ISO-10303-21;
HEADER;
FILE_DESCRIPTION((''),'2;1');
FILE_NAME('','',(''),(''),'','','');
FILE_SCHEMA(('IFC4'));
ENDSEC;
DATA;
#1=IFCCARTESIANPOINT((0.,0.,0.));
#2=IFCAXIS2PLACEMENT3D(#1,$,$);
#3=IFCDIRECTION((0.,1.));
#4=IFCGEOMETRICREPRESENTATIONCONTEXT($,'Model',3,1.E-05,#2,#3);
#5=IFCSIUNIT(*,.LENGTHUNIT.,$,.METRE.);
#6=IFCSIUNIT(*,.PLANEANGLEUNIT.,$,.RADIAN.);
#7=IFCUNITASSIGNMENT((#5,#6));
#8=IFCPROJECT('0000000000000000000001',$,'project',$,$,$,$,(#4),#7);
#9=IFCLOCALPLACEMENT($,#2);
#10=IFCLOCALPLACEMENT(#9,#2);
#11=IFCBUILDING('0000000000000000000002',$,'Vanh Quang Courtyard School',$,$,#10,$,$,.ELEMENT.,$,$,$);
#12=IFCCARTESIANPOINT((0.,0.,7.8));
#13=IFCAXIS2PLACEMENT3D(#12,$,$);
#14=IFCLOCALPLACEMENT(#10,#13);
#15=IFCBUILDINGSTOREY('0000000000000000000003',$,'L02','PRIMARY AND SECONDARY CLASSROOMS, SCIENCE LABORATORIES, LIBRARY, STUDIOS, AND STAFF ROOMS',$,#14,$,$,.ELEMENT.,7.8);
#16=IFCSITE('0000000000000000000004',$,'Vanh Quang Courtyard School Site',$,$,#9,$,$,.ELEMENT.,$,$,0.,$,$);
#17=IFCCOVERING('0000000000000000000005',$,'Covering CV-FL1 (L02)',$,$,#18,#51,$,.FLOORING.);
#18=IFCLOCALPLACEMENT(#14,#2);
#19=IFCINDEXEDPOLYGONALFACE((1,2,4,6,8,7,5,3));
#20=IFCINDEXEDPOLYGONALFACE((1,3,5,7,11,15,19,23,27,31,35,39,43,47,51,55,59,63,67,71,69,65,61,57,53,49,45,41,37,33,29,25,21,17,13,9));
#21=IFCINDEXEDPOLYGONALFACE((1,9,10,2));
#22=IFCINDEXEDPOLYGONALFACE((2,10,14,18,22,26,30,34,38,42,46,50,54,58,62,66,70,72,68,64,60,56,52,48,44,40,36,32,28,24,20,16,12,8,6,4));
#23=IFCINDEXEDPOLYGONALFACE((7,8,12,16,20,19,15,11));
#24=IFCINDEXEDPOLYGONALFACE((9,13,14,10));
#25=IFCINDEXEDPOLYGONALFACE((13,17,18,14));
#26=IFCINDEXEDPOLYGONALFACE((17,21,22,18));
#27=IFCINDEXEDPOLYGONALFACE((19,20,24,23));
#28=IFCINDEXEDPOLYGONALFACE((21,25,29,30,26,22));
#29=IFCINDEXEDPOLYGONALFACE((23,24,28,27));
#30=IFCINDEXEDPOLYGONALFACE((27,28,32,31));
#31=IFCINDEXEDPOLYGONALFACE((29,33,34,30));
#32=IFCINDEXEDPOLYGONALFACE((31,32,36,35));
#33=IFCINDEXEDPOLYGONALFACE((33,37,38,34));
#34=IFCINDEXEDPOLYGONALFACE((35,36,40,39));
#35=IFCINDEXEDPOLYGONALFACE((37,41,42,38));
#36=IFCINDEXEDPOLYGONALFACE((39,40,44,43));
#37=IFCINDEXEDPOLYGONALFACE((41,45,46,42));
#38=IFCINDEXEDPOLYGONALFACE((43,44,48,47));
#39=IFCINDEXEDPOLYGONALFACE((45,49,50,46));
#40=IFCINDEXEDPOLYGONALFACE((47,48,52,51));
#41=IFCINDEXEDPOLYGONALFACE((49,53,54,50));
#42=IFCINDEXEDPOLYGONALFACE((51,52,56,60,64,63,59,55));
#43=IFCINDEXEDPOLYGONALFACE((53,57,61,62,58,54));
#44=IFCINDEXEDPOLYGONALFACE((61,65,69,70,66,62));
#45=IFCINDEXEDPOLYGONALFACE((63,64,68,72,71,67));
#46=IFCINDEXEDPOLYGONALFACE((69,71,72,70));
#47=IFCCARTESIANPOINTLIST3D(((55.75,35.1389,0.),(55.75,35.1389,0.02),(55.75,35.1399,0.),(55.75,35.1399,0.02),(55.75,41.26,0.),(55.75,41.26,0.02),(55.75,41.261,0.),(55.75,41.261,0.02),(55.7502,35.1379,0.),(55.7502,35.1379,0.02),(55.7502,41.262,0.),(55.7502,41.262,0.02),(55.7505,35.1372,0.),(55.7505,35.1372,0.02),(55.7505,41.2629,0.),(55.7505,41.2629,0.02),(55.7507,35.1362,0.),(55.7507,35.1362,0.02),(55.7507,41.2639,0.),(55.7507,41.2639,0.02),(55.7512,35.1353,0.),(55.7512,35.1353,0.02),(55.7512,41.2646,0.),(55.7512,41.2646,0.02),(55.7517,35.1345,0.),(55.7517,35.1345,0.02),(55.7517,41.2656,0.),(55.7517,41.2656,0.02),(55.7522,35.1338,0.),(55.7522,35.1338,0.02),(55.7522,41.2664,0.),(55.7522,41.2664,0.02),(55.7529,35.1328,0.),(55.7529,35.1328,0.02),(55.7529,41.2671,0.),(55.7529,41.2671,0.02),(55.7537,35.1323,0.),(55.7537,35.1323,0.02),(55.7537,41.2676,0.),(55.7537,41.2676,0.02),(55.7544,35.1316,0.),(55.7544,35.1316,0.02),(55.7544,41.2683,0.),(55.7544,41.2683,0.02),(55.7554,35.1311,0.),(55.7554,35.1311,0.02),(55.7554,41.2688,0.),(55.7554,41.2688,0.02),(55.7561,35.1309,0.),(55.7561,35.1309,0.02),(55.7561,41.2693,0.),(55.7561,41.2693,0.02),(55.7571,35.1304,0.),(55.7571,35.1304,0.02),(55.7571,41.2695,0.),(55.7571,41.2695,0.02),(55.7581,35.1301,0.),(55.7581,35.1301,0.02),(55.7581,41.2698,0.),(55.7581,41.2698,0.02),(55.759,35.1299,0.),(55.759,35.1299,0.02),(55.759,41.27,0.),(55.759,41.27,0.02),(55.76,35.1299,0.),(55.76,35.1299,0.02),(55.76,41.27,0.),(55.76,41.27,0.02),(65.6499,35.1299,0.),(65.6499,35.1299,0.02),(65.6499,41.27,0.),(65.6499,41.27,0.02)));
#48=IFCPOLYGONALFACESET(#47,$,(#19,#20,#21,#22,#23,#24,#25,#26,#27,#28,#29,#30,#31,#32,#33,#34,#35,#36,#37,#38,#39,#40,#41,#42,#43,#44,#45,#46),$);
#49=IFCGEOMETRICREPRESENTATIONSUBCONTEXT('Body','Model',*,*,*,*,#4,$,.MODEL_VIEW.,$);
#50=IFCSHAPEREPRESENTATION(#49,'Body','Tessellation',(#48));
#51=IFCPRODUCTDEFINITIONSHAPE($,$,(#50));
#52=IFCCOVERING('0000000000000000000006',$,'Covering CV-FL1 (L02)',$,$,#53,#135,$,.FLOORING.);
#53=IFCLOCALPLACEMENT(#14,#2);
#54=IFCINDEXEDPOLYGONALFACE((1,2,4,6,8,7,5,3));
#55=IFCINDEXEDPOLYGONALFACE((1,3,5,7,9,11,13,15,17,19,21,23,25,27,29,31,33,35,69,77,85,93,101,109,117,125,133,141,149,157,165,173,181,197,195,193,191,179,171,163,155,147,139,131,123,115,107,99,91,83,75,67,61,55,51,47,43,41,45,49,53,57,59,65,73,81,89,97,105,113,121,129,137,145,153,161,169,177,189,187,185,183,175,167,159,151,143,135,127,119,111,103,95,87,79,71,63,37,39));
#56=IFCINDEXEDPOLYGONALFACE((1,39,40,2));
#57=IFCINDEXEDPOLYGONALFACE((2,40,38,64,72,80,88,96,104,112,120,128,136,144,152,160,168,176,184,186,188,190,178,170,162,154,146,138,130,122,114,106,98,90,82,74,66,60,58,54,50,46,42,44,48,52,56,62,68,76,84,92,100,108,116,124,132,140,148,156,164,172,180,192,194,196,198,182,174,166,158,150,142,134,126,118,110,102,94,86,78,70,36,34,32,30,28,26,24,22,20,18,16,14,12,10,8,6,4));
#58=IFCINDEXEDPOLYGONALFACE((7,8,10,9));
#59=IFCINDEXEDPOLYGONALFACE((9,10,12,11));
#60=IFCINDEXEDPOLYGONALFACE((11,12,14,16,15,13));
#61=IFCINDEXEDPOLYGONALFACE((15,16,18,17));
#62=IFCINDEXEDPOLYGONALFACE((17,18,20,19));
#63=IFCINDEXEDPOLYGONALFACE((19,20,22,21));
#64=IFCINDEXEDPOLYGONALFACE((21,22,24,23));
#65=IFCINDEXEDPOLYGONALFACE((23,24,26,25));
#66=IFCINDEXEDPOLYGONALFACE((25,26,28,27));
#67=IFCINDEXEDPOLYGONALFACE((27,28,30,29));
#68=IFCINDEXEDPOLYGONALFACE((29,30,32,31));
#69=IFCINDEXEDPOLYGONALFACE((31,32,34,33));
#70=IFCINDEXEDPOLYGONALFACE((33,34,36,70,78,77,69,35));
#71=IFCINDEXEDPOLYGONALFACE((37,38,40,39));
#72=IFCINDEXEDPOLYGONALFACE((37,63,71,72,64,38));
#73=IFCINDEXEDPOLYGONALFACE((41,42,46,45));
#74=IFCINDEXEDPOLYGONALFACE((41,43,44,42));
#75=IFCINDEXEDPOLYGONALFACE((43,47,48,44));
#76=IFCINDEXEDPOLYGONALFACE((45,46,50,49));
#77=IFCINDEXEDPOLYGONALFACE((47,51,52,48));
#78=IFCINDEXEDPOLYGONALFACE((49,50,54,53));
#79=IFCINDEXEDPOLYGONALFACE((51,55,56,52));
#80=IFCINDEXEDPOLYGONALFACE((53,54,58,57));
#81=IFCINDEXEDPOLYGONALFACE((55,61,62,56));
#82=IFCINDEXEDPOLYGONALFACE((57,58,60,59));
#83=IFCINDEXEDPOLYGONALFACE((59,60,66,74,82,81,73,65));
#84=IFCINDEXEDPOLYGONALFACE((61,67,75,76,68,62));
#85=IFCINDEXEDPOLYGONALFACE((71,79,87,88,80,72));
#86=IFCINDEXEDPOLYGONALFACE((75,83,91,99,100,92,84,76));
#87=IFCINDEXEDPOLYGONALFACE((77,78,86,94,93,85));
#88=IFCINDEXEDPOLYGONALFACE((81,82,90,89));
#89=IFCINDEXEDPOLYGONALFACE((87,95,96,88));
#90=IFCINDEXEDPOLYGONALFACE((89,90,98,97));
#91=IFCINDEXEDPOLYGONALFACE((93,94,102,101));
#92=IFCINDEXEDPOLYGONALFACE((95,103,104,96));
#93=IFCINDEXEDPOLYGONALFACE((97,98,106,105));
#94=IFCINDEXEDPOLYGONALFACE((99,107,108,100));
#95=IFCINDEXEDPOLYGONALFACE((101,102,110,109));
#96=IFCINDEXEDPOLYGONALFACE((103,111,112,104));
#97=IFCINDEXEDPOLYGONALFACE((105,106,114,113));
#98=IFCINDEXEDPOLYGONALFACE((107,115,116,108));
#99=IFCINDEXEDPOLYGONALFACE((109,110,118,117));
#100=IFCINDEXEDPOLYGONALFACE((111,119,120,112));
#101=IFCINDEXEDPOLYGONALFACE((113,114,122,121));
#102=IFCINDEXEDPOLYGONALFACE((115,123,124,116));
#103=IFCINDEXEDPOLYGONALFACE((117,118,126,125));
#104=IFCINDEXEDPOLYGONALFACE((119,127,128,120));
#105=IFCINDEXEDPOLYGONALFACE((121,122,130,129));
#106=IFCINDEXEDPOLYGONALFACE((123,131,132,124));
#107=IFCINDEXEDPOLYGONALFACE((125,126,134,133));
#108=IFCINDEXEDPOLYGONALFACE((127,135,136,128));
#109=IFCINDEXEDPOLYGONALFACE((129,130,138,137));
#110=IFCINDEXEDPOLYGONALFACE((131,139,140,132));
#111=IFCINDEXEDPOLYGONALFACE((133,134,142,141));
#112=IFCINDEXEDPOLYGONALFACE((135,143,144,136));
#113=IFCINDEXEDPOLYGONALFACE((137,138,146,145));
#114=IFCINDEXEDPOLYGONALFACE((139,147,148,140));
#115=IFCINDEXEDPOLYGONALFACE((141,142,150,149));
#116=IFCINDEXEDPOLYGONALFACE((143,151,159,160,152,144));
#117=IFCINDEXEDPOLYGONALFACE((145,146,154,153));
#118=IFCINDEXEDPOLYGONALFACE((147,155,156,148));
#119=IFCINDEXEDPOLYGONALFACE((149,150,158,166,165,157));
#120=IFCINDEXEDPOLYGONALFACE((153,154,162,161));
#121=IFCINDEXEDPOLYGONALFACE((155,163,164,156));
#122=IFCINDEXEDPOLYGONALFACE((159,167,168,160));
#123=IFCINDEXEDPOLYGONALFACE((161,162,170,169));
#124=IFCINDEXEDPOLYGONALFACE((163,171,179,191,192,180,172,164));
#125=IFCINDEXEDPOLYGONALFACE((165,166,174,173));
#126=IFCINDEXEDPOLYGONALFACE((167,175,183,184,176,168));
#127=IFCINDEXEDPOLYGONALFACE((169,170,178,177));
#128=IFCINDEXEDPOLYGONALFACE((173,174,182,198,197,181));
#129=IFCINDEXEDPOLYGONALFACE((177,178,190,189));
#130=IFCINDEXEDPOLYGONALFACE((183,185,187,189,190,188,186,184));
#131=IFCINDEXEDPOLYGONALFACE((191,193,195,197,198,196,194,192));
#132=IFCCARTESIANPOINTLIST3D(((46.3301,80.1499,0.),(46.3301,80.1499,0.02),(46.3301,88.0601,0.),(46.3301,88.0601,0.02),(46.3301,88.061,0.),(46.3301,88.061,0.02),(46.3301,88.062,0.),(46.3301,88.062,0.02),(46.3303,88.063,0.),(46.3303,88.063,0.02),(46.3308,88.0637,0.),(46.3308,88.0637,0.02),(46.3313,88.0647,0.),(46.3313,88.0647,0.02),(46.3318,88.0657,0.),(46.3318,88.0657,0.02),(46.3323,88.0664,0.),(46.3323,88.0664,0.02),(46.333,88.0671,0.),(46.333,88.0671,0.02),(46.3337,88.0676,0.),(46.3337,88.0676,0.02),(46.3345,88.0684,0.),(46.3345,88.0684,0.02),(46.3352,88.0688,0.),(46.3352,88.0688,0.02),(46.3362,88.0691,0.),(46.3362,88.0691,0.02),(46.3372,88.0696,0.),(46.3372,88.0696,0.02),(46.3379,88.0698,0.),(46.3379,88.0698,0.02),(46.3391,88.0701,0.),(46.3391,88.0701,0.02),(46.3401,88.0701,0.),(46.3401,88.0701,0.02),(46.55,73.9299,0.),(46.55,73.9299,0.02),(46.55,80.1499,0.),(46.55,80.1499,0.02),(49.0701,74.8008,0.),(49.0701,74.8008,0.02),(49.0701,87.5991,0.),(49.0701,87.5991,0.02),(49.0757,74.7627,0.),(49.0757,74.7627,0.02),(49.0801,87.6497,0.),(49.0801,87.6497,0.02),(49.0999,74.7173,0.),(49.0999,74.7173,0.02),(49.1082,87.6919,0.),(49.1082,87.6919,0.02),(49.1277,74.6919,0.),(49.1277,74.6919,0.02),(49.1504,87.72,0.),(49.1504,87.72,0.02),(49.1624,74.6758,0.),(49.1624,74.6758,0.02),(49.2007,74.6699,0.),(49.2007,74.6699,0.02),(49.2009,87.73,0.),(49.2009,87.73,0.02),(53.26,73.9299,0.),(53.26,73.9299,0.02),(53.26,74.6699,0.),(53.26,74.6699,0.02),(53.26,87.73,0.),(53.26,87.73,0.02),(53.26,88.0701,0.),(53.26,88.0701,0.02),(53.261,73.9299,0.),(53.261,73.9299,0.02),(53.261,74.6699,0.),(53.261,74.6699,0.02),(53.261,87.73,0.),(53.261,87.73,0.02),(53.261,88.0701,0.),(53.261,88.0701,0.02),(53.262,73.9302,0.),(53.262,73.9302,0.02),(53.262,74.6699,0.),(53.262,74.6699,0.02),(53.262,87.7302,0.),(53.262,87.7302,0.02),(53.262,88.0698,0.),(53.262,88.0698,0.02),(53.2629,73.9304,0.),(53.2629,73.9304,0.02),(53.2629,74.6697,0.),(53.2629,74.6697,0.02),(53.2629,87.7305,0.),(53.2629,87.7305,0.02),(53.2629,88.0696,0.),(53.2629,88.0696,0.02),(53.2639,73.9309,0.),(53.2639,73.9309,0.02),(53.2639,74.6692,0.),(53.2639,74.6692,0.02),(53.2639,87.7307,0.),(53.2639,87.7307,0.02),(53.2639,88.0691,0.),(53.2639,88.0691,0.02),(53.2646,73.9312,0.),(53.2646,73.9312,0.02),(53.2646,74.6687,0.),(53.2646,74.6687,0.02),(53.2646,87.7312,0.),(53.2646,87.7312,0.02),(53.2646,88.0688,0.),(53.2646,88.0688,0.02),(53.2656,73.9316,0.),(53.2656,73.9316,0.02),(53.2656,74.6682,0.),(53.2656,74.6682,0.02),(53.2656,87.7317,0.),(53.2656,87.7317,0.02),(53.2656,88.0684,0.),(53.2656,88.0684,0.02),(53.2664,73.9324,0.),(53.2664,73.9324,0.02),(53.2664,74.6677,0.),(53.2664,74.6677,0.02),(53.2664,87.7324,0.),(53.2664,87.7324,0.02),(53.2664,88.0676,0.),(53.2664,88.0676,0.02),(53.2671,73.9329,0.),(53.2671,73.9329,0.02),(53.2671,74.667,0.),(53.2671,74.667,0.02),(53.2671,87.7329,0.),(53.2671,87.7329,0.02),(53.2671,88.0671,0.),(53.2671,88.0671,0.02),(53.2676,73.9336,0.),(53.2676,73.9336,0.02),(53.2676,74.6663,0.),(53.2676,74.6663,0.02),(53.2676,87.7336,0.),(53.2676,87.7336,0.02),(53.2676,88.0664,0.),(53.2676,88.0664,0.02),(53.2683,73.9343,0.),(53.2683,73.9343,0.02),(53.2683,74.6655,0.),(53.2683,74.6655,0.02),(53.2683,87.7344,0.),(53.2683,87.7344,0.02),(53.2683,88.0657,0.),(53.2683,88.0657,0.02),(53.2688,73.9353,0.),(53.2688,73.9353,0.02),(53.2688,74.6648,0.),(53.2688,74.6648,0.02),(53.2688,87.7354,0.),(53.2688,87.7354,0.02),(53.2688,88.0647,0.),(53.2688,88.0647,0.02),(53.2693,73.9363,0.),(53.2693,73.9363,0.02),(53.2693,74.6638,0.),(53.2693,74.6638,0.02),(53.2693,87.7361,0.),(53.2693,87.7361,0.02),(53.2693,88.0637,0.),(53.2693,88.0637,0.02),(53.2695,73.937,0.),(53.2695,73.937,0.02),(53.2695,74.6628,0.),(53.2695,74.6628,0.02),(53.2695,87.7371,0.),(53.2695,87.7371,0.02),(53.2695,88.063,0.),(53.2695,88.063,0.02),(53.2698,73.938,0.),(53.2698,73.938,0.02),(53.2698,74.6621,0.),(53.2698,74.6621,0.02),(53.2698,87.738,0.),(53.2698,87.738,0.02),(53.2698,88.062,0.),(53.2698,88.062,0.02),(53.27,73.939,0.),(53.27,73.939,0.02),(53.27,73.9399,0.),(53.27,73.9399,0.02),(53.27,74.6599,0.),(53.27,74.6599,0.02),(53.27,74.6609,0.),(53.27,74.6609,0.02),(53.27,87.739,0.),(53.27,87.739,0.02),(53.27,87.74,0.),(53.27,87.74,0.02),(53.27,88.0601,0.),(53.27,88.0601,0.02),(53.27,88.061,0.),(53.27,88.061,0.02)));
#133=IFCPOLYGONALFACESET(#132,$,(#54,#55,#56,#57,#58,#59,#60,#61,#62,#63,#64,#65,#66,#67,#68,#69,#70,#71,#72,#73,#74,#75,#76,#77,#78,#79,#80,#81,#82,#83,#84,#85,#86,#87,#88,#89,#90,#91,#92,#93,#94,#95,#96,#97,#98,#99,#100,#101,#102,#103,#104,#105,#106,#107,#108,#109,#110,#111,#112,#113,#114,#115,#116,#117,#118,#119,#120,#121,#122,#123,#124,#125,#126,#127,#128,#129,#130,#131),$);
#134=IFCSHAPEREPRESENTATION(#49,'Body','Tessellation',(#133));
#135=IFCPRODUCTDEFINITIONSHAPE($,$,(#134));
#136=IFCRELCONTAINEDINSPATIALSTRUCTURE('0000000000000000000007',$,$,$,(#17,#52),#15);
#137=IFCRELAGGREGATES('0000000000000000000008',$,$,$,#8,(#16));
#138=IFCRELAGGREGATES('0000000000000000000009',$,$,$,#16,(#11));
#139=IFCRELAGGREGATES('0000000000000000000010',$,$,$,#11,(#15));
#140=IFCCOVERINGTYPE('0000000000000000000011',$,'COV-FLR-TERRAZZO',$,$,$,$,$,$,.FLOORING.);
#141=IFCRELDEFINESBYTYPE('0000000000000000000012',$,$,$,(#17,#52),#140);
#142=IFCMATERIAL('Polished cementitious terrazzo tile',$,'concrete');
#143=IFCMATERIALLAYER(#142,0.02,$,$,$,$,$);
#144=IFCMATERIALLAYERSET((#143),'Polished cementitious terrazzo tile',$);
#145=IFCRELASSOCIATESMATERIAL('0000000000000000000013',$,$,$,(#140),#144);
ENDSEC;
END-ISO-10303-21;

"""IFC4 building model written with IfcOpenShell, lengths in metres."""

from ifc_helpers import new_model, si_unit, direction, frame, origin, place, context, subcontext, project, spatial, polyline, outline, extrude, material, layer, layer_set, type_object, element, save


model = new_model("IFC4")

# Units and contexts
model_context = context("Model", 3, precision=1e-05, world=origin(), true_north=direction((0.0, 1.0)))
body_context = subcontext(model_context, "Body", "Model", "MODEL_VIEW")
ifc_project = project(units=[si_unit("LENGTHUNIT", "METRE"), si_unit("PLANEANGLEUNIT", "RADIAN")], contexts=[model_context])

# Site, building, storey
site_placement = place(None, origin())
site = spatial("IfcSite", under=ifc_project, at=site_placement, Name="Vanh Quang Courtyard School Site", CompositionType="ELEMENT", RefElevation=0.0)
building_placement = place(site_placement, origin())
building = spatial("IfcBuilding", under=site, at=building_placement, Name="Vanh Quang Courtyard School", CompositionType="ELEMENT")
storey_placement = place(building_placement, frame((0.0, 0.0, 7.8)))
storey = spatial("IfcBuildingStorey", under=building, at=storey_placement, Name="L02", Description="PRIMARY AND SECONDARY CLASSROOMS, SCIENCE LABORATORIES, LIBRARY, STUDIOS, AND STAFF ROOMS", CompositionType="ELEMENT", Elevation=7.8)

# Coverings
ifc_material_1 = material(Name="Polished cementitious terrazzo tile", Category="concrete")
ifc_layer_1 = layer(ifc_material_1, 0.02)
ifc_layer_set_1 = layer_set([ifc_layer_1], Name="Polished cementitious terrazzo tile")
covering_type_1 = type_object("IfcCoveringType", Name="COV-FLR-TERRAZZO", PredefinedType="FLOORING", material=ifc_layer_set_1)
covering_1_placement = place(storey_placement, origin())
element("IfcCovering", 1, at=covering_1_placement, inside=storey, type_object=covering_type_1, Name="Covering CV-FL1 (L02)", PredefinedType="FLOORING", context=body_context, shape_type="SweptSolid", body=[
    extrude(outline(polyline([(55.76, 35.1299), (55.759, 35.1299), (55.7581, 35.1301), (55.7571, 35.1304), (55.7561, 35.1309), (55.7554, 35.1311), (55.7544, 35.1316), (55.7537, 35.1323), (55.7529, 35.1328), (55.7522, 35.1338), (55.7517, 35.1345), (55.7512, 35.1353), (55.7507, 35.1362), (55.7505, 35.1372), (55.7502, 35.1379), (55.75, 35.1389), (55.75, 35.1399), (55.75, 41.26), (55.75, 41.261), (55.7502, 41.262), (55.7505, 41.2629), (55.7507, 41.2639), (55.7512, 41.2646), (55.7517, 41.2656), (55.7522, 41.2664), (55.7529, 41.2671), (55.7537, 41.2676), (55.7544, 41.2683), (55.7554, 41.2688), (55.7561, 41.2693), (55.7571, 41.2695), (55.7581, 41.2698), (55.759, 41.27), (55.76, 41.27), (65.6499, 41.27), (65.6499, 35.1299), (55.76, 35.1299)])), origin(), (0.0, 0.0, 1.0), 0.02),
])
covering_2_placement = place(storey_placement, origin())
element("IfcCovering", 2, at=covering_2_placement, inside=storey, type_object=covering_type_1, Name="Covering CV-FL1 (L02)", PredefinedType="FLOORING", context=body_context, shape_type="SweptSolid", body=[
    extrude(outline(polyline([(53.27, 87.74), (53.27, 87.739), (53.2698, 87.738), (53.2695, 87.7371), (53.2693, 87.7361), (53.2688, 87.7354), (53.2683, 87.7344), (53.2676, 87.7336), (53.2671, 87.7329), (53.2664, 87.7324), (53.2656, 87.7317), (53.2646, 87.7312), (53.2639, 87.7307), (53.2629, 87.7305), (53.262, 87.7302), (53.261, 87.73), (53.26, 87.73), (49.2009, 87.73), (49.1504, 87.72), (49.1082, 87.6919), (49.0801, 87.6497), (49.0701, 87.5991), (49.0701, 74.8008), (49.0757, 74.7627), (49.0999, 74.7173), (49.1277, 74.6919), (49.1624, 74.6758), (49.2007, 74.6699), (53.26, 74.6699), (53.261, 74.6699), (53.262, 74.6699), (53.2629, 74.6697), (53.2639, 74.6692), (53.2646, 74.6687), (53.2656, 74.6682), (53.2664, 74.6677), (53.2671, 74.667), (53.2676, 74.6663), (53.2683, 74.6655), (53.2688, 74.6648), (53.2693, 74.6638), (53.2695, 74.6628), (53.2698, 74.6621), (53.27, 74.6609), (53.27, 74.6599), (53.27, 73.9399), (53.27, 73.939), (53.2698, 73.938), (53.2695, 73.937), (53.2693, 73.9363), (53.2688, 73.9353), (53.2683, 73.9343), (53.2676, 73.9336), (53.2671, 73.9329), (53.2664, 73.9324), (53.2656, 73.9316), (53.2646, 73.9312), (53.2639, 73.9309), (53.2629, 73.9304), (53.262, 73.9302), (53.261, 73.9299), (53.26, 73.9299), (46.55, 73.9299), (46.55, 80.1499), (46.3301, 80.1499), (46.3301, 88.0601), (46.3301, 88.061), (46.3301, 88.062), (46.3303, 88.063), (46.3308, 88.0637), (46.3313, 88.0647), (46.3318, 88.0657), (46.3323, 88.0664), (46.333, 88.0671), (46.3337, 88.0676), (46.3345, 88.0684), (46.3352, 88.0688), (46.3362, 88.0691), (46.3372, 88.0696), (46.3379, 88.0698), (46.3391, 88.0701), (46.3401, 88.0701), (53.26, 88.0701), (53.261, 88.0701), (53.262, 88.0698), (53.2629, 88.0696), (53.2639, 88.0691), (53.2646, 88.0688), (53.2656, 88.0684), (53.2664, 88.0676), (53.2671, 88.0671), (53.2676, 88.0664), (53.2683, 88.0657), (53.2688, 88.0647), (53.2693, 88.0637), (53.2695, 88.063), (53.2698, 88.062), (53.27, 88.061), (53.27, 88.0601), (53.27, 87.74)])), origin(), (0.0, 0.0, 1.0), 0.02),
])

save(model, "model.ifc")
